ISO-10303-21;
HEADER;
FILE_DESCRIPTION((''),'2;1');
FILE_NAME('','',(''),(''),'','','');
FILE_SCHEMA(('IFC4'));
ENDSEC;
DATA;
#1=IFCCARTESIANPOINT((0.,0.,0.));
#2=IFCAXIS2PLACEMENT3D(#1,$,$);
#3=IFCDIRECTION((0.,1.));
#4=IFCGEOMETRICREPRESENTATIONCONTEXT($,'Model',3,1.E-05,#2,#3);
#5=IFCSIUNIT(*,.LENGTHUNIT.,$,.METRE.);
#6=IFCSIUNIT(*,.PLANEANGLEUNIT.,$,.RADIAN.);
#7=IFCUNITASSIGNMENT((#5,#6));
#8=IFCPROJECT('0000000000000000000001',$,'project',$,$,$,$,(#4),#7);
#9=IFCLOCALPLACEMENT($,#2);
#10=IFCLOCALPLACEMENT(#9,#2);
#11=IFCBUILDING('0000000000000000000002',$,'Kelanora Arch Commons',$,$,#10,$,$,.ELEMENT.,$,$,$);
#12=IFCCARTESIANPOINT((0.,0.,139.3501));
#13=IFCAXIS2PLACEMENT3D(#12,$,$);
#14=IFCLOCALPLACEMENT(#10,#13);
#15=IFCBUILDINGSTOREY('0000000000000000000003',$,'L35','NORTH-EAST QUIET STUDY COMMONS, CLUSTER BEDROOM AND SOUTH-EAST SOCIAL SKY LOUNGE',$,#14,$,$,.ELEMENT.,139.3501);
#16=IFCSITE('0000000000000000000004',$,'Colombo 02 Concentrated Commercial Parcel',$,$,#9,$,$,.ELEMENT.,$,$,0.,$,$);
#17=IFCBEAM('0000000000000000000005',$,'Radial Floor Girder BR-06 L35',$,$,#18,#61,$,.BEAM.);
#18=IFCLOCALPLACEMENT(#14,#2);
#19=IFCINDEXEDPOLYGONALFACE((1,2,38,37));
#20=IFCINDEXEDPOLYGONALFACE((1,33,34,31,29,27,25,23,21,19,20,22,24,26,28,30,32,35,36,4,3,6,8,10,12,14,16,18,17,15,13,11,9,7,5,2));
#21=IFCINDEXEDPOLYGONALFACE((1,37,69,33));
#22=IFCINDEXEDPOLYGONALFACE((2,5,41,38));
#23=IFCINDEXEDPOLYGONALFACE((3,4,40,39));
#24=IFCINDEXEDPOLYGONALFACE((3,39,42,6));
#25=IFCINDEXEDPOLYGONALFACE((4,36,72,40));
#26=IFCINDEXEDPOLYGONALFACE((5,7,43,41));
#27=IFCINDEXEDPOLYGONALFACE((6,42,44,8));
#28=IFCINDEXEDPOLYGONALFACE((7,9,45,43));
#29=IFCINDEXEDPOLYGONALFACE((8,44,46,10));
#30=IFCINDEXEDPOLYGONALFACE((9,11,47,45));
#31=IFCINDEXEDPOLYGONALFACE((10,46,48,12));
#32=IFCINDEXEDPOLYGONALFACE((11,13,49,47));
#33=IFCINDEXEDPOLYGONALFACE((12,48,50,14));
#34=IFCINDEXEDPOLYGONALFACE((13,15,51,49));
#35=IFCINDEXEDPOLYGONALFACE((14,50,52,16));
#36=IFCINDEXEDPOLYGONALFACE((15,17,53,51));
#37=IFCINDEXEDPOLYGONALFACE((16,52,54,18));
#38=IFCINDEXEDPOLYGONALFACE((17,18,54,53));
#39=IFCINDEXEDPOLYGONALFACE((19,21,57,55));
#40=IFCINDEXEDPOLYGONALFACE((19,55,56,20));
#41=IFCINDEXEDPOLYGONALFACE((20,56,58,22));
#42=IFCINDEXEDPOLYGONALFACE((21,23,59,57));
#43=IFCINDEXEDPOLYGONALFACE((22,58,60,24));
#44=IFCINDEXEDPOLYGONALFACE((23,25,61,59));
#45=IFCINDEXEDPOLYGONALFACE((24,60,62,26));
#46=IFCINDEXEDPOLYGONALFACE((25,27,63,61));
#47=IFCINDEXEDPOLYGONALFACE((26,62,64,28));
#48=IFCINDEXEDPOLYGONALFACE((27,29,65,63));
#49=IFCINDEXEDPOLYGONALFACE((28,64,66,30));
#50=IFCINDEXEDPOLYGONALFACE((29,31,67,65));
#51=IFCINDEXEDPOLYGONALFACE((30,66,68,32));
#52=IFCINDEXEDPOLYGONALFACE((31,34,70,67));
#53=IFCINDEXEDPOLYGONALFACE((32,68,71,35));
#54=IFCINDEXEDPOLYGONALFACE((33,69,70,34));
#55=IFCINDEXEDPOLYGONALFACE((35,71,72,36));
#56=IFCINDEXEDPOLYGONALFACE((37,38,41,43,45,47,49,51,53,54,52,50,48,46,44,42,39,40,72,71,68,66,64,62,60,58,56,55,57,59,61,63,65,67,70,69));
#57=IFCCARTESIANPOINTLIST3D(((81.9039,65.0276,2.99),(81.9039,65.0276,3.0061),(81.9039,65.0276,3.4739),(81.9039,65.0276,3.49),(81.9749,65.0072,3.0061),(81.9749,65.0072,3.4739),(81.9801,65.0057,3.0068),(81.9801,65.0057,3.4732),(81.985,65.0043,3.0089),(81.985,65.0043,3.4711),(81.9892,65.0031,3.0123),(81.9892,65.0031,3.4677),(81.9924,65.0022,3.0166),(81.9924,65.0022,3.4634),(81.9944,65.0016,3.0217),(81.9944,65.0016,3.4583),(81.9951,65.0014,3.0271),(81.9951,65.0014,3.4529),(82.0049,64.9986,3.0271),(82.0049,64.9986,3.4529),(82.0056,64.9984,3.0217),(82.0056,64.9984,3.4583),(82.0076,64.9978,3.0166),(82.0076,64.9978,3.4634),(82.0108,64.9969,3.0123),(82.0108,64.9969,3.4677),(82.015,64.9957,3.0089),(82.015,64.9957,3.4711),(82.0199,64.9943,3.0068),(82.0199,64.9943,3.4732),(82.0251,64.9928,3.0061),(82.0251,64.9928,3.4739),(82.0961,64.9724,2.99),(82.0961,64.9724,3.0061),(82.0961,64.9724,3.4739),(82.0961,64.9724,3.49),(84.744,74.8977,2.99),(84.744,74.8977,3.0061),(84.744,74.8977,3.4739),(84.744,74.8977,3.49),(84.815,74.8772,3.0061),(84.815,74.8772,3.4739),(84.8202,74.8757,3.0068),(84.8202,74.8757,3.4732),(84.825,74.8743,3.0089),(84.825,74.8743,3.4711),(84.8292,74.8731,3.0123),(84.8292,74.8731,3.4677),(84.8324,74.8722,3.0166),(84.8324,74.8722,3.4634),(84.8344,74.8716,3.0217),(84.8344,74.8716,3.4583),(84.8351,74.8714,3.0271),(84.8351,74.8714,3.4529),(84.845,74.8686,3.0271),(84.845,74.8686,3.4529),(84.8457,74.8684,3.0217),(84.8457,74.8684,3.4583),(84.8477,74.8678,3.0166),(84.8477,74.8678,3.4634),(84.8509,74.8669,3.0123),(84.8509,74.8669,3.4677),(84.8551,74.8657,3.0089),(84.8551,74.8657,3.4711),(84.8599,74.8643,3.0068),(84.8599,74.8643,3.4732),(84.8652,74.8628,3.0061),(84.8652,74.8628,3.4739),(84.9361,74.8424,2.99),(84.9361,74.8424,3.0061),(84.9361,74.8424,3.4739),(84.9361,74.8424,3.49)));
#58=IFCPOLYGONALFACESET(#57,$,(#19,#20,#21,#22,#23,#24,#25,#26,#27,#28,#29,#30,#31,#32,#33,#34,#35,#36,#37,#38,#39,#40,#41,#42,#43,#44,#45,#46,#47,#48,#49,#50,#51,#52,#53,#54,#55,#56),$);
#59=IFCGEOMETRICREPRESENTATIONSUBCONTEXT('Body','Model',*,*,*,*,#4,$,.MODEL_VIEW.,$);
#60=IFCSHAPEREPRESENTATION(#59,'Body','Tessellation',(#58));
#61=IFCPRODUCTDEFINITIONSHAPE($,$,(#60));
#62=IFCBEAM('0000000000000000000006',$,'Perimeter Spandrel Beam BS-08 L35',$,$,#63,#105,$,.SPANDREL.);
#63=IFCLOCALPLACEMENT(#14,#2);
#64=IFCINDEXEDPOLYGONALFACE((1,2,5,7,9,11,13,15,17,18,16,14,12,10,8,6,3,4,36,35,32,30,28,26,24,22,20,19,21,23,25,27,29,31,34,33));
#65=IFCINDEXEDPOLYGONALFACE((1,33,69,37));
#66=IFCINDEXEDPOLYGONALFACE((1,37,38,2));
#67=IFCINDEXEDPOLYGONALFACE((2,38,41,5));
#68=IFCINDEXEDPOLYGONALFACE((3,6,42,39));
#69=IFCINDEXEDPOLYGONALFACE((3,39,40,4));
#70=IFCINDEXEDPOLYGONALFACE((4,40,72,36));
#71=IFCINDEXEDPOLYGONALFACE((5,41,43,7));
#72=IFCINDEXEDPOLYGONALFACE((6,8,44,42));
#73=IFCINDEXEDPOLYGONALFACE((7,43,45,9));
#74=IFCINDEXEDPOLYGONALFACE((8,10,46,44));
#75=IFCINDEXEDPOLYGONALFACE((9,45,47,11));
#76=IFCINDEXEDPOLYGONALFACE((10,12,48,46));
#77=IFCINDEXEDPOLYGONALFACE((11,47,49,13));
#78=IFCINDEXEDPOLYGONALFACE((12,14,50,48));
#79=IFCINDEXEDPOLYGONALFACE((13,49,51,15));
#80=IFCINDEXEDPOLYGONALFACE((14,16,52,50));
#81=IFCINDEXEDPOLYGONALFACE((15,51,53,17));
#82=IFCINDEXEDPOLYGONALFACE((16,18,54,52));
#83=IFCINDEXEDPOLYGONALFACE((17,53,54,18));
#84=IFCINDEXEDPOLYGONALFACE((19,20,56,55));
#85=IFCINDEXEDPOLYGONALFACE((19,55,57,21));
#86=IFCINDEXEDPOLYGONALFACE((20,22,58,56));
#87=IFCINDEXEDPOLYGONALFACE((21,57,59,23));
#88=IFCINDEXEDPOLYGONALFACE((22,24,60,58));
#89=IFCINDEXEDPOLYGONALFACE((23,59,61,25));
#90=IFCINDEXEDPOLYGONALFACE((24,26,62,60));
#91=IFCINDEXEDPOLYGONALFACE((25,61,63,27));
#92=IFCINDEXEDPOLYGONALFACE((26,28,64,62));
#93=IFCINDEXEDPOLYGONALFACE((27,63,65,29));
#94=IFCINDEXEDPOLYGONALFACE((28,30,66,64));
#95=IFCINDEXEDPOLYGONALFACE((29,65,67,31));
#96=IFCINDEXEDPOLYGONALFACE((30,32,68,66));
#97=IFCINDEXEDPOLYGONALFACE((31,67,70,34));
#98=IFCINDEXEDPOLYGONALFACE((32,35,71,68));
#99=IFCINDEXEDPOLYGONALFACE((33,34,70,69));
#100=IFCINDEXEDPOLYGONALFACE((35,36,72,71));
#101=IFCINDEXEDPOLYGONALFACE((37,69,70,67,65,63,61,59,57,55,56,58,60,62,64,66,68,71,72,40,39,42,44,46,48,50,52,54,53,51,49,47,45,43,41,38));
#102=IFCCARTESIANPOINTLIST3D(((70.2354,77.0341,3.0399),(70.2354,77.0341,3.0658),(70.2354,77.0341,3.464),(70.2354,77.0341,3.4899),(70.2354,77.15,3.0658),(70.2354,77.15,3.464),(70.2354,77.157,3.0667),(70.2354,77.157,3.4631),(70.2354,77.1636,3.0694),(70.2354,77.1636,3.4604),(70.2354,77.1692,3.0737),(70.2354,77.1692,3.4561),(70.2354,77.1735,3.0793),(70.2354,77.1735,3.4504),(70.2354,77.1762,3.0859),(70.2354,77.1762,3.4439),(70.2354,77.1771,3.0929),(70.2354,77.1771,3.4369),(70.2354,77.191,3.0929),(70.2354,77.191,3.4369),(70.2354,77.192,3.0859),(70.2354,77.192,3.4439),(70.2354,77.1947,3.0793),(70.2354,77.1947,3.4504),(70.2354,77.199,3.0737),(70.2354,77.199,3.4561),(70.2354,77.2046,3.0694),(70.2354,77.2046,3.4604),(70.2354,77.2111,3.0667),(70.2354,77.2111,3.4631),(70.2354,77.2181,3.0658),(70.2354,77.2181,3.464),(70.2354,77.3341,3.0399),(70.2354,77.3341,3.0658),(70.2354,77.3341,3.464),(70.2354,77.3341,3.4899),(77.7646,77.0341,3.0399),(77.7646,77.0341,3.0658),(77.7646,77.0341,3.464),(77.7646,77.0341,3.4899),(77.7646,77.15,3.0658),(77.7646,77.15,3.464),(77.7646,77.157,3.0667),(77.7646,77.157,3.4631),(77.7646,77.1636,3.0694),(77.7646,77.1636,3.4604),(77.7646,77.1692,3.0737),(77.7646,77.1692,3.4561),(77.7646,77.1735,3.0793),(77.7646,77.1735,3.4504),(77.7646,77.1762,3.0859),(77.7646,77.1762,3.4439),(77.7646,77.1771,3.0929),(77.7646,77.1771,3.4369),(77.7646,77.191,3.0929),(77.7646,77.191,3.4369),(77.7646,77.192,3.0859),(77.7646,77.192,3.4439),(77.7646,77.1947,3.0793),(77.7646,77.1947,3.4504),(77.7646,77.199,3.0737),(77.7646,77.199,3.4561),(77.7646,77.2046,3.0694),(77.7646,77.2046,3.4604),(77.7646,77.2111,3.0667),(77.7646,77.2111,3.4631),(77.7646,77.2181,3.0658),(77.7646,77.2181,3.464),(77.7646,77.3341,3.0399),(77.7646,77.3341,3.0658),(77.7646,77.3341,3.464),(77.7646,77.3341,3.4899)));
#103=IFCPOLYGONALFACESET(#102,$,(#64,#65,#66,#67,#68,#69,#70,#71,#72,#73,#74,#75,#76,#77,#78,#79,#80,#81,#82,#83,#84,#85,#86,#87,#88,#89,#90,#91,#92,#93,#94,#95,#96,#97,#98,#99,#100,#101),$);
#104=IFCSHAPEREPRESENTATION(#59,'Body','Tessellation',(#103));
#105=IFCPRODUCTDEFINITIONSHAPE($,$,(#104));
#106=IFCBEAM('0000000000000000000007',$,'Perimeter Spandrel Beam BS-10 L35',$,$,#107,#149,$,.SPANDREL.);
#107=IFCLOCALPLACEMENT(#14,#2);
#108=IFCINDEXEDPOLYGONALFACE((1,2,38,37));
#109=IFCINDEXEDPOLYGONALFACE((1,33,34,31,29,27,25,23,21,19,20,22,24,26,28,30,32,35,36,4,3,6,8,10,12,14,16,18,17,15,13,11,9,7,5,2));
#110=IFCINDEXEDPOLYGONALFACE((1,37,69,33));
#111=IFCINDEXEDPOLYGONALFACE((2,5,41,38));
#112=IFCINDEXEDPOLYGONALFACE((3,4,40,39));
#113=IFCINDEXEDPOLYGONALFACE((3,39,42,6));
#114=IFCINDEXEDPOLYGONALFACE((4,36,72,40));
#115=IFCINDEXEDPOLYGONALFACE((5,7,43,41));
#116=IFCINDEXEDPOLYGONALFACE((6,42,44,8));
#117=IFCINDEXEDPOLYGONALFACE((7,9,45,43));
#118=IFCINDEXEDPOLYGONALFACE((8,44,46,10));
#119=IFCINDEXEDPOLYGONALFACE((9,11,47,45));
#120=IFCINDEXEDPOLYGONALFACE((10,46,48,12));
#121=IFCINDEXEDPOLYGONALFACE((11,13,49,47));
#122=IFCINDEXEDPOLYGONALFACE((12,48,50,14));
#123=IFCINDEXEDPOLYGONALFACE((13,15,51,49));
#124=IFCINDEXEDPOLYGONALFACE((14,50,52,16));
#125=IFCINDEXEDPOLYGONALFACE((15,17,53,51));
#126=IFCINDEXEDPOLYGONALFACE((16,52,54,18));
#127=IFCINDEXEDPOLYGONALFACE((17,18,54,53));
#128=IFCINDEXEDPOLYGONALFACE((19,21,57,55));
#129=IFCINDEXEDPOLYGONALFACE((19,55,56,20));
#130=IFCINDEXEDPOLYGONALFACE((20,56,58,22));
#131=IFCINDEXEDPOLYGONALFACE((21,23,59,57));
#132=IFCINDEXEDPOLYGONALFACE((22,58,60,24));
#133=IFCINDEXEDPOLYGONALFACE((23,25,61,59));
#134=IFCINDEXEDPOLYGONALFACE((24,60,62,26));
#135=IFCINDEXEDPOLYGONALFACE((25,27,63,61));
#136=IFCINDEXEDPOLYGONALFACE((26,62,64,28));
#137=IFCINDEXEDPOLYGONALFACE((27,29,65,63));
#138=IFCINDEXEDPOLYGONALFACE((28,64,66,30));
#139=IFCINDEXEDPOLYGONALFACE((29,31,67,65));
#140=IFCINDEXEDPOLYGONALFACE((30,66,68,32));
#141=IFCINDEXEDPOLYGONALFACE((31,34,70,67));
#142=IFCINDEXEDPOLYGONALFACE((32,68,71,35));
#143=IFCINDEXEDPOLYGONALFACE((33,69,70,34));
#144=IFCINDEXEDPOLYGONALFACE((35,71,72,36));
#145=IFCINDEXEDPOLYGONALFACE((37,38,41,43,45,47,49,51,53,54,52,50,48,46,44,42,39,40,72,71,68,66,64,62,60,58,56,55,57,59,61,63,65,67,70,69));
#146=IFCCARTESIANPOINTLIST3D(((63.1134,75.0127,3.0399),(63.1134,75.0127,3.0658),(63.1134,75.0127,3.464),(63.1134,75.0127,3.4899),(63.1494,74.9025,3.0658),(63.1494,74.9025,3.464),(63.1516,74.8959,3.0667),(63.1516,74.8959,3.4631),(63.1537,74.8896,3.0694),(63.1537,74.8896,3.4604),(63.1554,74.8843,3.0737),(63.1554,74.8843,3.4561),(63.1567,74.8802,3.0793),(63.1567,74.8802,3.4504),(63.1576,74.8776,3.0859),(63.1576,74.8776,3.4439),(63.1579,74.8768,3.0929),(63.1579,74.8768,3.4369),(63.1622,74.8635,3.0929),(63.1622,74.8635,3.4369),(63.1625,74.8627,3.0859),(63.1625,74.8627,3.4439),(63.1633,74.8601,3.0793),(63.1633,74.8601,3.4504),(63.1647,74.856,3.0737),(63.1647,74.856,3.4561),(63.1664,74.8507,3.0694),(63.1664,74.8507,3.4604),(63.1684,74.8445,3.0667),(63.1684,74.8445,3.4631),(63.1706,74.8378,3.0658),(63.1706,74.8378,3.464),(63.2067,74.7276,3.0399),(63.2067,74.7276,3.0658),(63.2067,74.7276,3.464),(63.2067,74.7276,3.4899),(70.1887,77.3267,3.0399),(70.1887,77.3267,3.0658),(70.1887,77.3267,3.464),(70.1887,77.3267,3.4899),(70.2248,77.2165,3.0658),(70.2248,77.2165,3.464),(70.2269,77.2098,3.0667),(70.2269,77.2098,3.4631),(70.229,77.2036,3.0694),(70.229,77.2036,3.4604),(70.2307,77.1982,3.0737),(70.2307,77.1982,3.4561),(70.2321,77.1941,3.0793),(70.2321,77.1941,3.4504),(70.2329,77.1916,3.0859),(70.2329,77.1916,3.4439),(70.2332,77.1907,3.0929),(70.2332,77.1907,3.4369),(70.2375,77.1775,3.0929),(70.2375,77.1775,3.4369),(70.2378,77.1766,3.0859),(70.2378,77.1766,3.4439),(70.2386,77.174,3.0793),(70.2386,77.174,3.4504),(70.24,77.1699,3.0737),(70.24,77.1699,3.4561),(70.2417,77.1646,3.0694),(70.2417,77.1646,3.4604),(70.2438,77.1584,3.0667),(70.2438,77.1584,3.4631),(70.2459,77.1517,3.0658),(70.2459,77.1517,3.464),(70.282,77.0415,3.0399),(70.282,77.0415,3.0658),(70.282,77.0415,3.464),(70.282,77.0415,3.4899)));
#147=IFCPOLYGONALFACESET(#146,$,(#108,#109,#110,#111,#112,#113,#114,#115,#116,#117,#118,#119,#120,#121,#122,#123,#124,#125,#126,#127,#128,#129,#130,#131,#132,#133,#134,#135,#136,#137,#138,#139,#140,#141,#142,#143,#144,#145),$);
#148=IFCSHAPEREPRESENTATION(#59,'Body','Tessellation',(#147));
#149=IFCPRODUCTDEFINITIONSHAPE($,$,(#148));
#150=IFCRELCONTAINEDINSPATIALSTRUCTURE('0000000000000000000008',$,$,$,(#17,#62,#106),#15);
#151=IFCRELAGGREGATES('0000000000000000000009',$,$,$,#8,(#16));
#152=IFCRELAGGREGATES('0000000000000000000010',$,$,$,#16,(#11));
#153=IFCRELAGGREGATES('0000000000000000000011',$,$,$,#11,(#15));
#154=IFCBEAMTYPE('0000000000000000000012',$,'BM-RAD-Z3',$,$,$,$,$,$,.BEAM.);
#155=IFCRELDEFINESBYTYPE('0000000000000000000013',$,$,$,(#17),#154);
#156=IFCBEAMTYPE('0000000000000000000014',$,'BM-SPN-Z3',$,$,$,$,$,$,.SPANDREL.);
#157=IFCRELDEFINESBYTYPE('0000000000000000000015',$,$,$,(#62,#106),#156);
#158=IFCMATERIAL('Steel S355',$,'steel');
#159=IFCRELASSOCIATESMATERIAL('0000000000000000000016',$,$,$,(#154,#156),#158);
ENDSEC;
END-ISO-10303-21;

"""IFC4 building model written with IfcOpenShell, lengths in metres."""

from ifc_helpers import new_model, si_unit, direction, frame, origin, origin_2d, place, context, subcontext, project, spatial, i_section, extrude, material, material_profile, profile_set, type_object, element, save


model = new_model("IFC4")

# Units and contexts
model_context = context("Model", 3, precision=1e-05, world=origin(), true_north=direction((0.0, 1.0)))
body_context = subcontext(model_context, "Body", "Model", "MODEL_VIEW")
ifc_project = project(units=[si_unit("LENGTHUNIT", "METRE"), si_unit("PLANEANGLEUNIT", "RADIAN")], contexts=[model_context])

# Site, building, storey
site_placement = place(None, origin())
site = spatial("IfcSite", under=ifc_project, at=site_placement, Name="Colombo 02 Concentrated Commercial Parcel", CompositionType="ELEMENT", RefElevation=0.0)
building_placement = place(site_placement, origin())
building = spatial("IfcBuilding", under=site, at=building_placement, Name="Kelanora Arch Commons", CompositionType="ELEMENT")
storey_placement = place(building_placement, frame((0.0, 0.0, 139.3501)))
storey = spatial("IfcBuildingStorey", under=building, at=storey_placement, Name="L35", Description="NORTH-EAST QUIET STUDY COMMONS, CLUSTER BEDROOM AND SOUTH-EAST SOCIAL SKY LOUNGE", CompositionType="ELEMENT", Elevation=139.3501)

# Beams
ifc_material_1 = material(Name="Steel S355", Category="steel")
ifc_material_profile_1 = material_profile(ifc_material_1, i_section(OverallWidth=0.2, OverallDepth=0.5, WebThickness=0.0103, FlangeThickness=0.0161, FilletRadius=0.021, at=origin_2d()), Name="IPE500")
ifc_profile_set_1 = profile_set([ifc_material_profile_1], Name="Steel S355")
beam_type_1 = type_object("IfcBeamType", Name="BM-RAD-Z3", PredefinedType="BEAM", material=ifc_profile_set_1)
beam_1_placement = place(storey_placement, frame((82.0, 65.0, 3.24), z_axis=(0.276526, 0.961006, 0.0), x_axis=(-0.961006, 0.276526, 0.0)))
element("IfcBeam", 1, at=beam_1_placement, inside=storey, type_object=beam_type_1, Name="Radial Floor Girder BR-06 L35", PredefinedType="BEAM", context=body_context, shape_type="SweptSolid", body=[
    extrude(i_section(OverallWidth=0.2, OverallDepth=0.5, WebThickness=0.0103, FlangeThickness=0.0161, FilletRadius=0.021, at=origin_2d()), origin(), (0.0, 0.0, 1.0), 10.2705),
])
ifc_material_profile_2 = material_profile(ifc_material_1, i_section(OverallWidth=0.3, OverallDepth=0.45, WebThickness=0.0139, FlangeThickness=0.0259, FilletRadius=0.0271, at=origin_2d()), Name="HEB450")
ifc_profile_set_2 = profile_set([ifc_material_profile_2], Name="Steel S355")
beam_type_2 = type_object("IfcBeamType", Name="BM-SPN-Z3", PredefinedType="SPANDREL", material=ifc_profile_set_2)
beam_2_placement = place(storey_placement, frame((77.7646, 77.1841, 3.2649), z_axis=(-1.0, 0.0, 0.0), x_axis=(0.0, -1.0, 0.0)))
element("IfcBeam", 2, at=beam_2_placement, inside=storey, type_object=beam_type_2, Name="Perimeter Spandrel Beam BS-08 L35", PredefinedType="SPANDREL", context=body_context, shape_type="SweptSolid", body=[
    extrude(i_section(OverallWidth=0.3, OverallDepth=0.45, WebThickness=0.0139, FlangeThickness=0.0259, FilletRadius=0.0271, at=origin_2d()), origin(), (0.0, 0.0, 1.0), 7.5293),
])
beam_3_placement = place(storey_placement, frame((70.2354, 77.1841, 3.2649), z_axis=(-0.950462, -0.310841, 0.0), x_axis=(0.310841, -0.950462, 0.0)))
element("IfcBeam", 3, at=beam_3_placement, inside=storey, type_object=beam_type_2, Name="Perimeter Spandrel Beam BS-10 L35", PredefinedType="SPANDREL", context=body_context, shape_type="SweptSolid", body=[
    extrude(i_section(OverallWidth=0.3, OverallDepth=0.45, WebThickness=0.0139, FlangeThickness=0.0259, FilletRadius=0.0271, at=origin_2d()), origin(), (0.0, 0.0, 1.0), 7.4441),
])

save(model, "model.ifc")
